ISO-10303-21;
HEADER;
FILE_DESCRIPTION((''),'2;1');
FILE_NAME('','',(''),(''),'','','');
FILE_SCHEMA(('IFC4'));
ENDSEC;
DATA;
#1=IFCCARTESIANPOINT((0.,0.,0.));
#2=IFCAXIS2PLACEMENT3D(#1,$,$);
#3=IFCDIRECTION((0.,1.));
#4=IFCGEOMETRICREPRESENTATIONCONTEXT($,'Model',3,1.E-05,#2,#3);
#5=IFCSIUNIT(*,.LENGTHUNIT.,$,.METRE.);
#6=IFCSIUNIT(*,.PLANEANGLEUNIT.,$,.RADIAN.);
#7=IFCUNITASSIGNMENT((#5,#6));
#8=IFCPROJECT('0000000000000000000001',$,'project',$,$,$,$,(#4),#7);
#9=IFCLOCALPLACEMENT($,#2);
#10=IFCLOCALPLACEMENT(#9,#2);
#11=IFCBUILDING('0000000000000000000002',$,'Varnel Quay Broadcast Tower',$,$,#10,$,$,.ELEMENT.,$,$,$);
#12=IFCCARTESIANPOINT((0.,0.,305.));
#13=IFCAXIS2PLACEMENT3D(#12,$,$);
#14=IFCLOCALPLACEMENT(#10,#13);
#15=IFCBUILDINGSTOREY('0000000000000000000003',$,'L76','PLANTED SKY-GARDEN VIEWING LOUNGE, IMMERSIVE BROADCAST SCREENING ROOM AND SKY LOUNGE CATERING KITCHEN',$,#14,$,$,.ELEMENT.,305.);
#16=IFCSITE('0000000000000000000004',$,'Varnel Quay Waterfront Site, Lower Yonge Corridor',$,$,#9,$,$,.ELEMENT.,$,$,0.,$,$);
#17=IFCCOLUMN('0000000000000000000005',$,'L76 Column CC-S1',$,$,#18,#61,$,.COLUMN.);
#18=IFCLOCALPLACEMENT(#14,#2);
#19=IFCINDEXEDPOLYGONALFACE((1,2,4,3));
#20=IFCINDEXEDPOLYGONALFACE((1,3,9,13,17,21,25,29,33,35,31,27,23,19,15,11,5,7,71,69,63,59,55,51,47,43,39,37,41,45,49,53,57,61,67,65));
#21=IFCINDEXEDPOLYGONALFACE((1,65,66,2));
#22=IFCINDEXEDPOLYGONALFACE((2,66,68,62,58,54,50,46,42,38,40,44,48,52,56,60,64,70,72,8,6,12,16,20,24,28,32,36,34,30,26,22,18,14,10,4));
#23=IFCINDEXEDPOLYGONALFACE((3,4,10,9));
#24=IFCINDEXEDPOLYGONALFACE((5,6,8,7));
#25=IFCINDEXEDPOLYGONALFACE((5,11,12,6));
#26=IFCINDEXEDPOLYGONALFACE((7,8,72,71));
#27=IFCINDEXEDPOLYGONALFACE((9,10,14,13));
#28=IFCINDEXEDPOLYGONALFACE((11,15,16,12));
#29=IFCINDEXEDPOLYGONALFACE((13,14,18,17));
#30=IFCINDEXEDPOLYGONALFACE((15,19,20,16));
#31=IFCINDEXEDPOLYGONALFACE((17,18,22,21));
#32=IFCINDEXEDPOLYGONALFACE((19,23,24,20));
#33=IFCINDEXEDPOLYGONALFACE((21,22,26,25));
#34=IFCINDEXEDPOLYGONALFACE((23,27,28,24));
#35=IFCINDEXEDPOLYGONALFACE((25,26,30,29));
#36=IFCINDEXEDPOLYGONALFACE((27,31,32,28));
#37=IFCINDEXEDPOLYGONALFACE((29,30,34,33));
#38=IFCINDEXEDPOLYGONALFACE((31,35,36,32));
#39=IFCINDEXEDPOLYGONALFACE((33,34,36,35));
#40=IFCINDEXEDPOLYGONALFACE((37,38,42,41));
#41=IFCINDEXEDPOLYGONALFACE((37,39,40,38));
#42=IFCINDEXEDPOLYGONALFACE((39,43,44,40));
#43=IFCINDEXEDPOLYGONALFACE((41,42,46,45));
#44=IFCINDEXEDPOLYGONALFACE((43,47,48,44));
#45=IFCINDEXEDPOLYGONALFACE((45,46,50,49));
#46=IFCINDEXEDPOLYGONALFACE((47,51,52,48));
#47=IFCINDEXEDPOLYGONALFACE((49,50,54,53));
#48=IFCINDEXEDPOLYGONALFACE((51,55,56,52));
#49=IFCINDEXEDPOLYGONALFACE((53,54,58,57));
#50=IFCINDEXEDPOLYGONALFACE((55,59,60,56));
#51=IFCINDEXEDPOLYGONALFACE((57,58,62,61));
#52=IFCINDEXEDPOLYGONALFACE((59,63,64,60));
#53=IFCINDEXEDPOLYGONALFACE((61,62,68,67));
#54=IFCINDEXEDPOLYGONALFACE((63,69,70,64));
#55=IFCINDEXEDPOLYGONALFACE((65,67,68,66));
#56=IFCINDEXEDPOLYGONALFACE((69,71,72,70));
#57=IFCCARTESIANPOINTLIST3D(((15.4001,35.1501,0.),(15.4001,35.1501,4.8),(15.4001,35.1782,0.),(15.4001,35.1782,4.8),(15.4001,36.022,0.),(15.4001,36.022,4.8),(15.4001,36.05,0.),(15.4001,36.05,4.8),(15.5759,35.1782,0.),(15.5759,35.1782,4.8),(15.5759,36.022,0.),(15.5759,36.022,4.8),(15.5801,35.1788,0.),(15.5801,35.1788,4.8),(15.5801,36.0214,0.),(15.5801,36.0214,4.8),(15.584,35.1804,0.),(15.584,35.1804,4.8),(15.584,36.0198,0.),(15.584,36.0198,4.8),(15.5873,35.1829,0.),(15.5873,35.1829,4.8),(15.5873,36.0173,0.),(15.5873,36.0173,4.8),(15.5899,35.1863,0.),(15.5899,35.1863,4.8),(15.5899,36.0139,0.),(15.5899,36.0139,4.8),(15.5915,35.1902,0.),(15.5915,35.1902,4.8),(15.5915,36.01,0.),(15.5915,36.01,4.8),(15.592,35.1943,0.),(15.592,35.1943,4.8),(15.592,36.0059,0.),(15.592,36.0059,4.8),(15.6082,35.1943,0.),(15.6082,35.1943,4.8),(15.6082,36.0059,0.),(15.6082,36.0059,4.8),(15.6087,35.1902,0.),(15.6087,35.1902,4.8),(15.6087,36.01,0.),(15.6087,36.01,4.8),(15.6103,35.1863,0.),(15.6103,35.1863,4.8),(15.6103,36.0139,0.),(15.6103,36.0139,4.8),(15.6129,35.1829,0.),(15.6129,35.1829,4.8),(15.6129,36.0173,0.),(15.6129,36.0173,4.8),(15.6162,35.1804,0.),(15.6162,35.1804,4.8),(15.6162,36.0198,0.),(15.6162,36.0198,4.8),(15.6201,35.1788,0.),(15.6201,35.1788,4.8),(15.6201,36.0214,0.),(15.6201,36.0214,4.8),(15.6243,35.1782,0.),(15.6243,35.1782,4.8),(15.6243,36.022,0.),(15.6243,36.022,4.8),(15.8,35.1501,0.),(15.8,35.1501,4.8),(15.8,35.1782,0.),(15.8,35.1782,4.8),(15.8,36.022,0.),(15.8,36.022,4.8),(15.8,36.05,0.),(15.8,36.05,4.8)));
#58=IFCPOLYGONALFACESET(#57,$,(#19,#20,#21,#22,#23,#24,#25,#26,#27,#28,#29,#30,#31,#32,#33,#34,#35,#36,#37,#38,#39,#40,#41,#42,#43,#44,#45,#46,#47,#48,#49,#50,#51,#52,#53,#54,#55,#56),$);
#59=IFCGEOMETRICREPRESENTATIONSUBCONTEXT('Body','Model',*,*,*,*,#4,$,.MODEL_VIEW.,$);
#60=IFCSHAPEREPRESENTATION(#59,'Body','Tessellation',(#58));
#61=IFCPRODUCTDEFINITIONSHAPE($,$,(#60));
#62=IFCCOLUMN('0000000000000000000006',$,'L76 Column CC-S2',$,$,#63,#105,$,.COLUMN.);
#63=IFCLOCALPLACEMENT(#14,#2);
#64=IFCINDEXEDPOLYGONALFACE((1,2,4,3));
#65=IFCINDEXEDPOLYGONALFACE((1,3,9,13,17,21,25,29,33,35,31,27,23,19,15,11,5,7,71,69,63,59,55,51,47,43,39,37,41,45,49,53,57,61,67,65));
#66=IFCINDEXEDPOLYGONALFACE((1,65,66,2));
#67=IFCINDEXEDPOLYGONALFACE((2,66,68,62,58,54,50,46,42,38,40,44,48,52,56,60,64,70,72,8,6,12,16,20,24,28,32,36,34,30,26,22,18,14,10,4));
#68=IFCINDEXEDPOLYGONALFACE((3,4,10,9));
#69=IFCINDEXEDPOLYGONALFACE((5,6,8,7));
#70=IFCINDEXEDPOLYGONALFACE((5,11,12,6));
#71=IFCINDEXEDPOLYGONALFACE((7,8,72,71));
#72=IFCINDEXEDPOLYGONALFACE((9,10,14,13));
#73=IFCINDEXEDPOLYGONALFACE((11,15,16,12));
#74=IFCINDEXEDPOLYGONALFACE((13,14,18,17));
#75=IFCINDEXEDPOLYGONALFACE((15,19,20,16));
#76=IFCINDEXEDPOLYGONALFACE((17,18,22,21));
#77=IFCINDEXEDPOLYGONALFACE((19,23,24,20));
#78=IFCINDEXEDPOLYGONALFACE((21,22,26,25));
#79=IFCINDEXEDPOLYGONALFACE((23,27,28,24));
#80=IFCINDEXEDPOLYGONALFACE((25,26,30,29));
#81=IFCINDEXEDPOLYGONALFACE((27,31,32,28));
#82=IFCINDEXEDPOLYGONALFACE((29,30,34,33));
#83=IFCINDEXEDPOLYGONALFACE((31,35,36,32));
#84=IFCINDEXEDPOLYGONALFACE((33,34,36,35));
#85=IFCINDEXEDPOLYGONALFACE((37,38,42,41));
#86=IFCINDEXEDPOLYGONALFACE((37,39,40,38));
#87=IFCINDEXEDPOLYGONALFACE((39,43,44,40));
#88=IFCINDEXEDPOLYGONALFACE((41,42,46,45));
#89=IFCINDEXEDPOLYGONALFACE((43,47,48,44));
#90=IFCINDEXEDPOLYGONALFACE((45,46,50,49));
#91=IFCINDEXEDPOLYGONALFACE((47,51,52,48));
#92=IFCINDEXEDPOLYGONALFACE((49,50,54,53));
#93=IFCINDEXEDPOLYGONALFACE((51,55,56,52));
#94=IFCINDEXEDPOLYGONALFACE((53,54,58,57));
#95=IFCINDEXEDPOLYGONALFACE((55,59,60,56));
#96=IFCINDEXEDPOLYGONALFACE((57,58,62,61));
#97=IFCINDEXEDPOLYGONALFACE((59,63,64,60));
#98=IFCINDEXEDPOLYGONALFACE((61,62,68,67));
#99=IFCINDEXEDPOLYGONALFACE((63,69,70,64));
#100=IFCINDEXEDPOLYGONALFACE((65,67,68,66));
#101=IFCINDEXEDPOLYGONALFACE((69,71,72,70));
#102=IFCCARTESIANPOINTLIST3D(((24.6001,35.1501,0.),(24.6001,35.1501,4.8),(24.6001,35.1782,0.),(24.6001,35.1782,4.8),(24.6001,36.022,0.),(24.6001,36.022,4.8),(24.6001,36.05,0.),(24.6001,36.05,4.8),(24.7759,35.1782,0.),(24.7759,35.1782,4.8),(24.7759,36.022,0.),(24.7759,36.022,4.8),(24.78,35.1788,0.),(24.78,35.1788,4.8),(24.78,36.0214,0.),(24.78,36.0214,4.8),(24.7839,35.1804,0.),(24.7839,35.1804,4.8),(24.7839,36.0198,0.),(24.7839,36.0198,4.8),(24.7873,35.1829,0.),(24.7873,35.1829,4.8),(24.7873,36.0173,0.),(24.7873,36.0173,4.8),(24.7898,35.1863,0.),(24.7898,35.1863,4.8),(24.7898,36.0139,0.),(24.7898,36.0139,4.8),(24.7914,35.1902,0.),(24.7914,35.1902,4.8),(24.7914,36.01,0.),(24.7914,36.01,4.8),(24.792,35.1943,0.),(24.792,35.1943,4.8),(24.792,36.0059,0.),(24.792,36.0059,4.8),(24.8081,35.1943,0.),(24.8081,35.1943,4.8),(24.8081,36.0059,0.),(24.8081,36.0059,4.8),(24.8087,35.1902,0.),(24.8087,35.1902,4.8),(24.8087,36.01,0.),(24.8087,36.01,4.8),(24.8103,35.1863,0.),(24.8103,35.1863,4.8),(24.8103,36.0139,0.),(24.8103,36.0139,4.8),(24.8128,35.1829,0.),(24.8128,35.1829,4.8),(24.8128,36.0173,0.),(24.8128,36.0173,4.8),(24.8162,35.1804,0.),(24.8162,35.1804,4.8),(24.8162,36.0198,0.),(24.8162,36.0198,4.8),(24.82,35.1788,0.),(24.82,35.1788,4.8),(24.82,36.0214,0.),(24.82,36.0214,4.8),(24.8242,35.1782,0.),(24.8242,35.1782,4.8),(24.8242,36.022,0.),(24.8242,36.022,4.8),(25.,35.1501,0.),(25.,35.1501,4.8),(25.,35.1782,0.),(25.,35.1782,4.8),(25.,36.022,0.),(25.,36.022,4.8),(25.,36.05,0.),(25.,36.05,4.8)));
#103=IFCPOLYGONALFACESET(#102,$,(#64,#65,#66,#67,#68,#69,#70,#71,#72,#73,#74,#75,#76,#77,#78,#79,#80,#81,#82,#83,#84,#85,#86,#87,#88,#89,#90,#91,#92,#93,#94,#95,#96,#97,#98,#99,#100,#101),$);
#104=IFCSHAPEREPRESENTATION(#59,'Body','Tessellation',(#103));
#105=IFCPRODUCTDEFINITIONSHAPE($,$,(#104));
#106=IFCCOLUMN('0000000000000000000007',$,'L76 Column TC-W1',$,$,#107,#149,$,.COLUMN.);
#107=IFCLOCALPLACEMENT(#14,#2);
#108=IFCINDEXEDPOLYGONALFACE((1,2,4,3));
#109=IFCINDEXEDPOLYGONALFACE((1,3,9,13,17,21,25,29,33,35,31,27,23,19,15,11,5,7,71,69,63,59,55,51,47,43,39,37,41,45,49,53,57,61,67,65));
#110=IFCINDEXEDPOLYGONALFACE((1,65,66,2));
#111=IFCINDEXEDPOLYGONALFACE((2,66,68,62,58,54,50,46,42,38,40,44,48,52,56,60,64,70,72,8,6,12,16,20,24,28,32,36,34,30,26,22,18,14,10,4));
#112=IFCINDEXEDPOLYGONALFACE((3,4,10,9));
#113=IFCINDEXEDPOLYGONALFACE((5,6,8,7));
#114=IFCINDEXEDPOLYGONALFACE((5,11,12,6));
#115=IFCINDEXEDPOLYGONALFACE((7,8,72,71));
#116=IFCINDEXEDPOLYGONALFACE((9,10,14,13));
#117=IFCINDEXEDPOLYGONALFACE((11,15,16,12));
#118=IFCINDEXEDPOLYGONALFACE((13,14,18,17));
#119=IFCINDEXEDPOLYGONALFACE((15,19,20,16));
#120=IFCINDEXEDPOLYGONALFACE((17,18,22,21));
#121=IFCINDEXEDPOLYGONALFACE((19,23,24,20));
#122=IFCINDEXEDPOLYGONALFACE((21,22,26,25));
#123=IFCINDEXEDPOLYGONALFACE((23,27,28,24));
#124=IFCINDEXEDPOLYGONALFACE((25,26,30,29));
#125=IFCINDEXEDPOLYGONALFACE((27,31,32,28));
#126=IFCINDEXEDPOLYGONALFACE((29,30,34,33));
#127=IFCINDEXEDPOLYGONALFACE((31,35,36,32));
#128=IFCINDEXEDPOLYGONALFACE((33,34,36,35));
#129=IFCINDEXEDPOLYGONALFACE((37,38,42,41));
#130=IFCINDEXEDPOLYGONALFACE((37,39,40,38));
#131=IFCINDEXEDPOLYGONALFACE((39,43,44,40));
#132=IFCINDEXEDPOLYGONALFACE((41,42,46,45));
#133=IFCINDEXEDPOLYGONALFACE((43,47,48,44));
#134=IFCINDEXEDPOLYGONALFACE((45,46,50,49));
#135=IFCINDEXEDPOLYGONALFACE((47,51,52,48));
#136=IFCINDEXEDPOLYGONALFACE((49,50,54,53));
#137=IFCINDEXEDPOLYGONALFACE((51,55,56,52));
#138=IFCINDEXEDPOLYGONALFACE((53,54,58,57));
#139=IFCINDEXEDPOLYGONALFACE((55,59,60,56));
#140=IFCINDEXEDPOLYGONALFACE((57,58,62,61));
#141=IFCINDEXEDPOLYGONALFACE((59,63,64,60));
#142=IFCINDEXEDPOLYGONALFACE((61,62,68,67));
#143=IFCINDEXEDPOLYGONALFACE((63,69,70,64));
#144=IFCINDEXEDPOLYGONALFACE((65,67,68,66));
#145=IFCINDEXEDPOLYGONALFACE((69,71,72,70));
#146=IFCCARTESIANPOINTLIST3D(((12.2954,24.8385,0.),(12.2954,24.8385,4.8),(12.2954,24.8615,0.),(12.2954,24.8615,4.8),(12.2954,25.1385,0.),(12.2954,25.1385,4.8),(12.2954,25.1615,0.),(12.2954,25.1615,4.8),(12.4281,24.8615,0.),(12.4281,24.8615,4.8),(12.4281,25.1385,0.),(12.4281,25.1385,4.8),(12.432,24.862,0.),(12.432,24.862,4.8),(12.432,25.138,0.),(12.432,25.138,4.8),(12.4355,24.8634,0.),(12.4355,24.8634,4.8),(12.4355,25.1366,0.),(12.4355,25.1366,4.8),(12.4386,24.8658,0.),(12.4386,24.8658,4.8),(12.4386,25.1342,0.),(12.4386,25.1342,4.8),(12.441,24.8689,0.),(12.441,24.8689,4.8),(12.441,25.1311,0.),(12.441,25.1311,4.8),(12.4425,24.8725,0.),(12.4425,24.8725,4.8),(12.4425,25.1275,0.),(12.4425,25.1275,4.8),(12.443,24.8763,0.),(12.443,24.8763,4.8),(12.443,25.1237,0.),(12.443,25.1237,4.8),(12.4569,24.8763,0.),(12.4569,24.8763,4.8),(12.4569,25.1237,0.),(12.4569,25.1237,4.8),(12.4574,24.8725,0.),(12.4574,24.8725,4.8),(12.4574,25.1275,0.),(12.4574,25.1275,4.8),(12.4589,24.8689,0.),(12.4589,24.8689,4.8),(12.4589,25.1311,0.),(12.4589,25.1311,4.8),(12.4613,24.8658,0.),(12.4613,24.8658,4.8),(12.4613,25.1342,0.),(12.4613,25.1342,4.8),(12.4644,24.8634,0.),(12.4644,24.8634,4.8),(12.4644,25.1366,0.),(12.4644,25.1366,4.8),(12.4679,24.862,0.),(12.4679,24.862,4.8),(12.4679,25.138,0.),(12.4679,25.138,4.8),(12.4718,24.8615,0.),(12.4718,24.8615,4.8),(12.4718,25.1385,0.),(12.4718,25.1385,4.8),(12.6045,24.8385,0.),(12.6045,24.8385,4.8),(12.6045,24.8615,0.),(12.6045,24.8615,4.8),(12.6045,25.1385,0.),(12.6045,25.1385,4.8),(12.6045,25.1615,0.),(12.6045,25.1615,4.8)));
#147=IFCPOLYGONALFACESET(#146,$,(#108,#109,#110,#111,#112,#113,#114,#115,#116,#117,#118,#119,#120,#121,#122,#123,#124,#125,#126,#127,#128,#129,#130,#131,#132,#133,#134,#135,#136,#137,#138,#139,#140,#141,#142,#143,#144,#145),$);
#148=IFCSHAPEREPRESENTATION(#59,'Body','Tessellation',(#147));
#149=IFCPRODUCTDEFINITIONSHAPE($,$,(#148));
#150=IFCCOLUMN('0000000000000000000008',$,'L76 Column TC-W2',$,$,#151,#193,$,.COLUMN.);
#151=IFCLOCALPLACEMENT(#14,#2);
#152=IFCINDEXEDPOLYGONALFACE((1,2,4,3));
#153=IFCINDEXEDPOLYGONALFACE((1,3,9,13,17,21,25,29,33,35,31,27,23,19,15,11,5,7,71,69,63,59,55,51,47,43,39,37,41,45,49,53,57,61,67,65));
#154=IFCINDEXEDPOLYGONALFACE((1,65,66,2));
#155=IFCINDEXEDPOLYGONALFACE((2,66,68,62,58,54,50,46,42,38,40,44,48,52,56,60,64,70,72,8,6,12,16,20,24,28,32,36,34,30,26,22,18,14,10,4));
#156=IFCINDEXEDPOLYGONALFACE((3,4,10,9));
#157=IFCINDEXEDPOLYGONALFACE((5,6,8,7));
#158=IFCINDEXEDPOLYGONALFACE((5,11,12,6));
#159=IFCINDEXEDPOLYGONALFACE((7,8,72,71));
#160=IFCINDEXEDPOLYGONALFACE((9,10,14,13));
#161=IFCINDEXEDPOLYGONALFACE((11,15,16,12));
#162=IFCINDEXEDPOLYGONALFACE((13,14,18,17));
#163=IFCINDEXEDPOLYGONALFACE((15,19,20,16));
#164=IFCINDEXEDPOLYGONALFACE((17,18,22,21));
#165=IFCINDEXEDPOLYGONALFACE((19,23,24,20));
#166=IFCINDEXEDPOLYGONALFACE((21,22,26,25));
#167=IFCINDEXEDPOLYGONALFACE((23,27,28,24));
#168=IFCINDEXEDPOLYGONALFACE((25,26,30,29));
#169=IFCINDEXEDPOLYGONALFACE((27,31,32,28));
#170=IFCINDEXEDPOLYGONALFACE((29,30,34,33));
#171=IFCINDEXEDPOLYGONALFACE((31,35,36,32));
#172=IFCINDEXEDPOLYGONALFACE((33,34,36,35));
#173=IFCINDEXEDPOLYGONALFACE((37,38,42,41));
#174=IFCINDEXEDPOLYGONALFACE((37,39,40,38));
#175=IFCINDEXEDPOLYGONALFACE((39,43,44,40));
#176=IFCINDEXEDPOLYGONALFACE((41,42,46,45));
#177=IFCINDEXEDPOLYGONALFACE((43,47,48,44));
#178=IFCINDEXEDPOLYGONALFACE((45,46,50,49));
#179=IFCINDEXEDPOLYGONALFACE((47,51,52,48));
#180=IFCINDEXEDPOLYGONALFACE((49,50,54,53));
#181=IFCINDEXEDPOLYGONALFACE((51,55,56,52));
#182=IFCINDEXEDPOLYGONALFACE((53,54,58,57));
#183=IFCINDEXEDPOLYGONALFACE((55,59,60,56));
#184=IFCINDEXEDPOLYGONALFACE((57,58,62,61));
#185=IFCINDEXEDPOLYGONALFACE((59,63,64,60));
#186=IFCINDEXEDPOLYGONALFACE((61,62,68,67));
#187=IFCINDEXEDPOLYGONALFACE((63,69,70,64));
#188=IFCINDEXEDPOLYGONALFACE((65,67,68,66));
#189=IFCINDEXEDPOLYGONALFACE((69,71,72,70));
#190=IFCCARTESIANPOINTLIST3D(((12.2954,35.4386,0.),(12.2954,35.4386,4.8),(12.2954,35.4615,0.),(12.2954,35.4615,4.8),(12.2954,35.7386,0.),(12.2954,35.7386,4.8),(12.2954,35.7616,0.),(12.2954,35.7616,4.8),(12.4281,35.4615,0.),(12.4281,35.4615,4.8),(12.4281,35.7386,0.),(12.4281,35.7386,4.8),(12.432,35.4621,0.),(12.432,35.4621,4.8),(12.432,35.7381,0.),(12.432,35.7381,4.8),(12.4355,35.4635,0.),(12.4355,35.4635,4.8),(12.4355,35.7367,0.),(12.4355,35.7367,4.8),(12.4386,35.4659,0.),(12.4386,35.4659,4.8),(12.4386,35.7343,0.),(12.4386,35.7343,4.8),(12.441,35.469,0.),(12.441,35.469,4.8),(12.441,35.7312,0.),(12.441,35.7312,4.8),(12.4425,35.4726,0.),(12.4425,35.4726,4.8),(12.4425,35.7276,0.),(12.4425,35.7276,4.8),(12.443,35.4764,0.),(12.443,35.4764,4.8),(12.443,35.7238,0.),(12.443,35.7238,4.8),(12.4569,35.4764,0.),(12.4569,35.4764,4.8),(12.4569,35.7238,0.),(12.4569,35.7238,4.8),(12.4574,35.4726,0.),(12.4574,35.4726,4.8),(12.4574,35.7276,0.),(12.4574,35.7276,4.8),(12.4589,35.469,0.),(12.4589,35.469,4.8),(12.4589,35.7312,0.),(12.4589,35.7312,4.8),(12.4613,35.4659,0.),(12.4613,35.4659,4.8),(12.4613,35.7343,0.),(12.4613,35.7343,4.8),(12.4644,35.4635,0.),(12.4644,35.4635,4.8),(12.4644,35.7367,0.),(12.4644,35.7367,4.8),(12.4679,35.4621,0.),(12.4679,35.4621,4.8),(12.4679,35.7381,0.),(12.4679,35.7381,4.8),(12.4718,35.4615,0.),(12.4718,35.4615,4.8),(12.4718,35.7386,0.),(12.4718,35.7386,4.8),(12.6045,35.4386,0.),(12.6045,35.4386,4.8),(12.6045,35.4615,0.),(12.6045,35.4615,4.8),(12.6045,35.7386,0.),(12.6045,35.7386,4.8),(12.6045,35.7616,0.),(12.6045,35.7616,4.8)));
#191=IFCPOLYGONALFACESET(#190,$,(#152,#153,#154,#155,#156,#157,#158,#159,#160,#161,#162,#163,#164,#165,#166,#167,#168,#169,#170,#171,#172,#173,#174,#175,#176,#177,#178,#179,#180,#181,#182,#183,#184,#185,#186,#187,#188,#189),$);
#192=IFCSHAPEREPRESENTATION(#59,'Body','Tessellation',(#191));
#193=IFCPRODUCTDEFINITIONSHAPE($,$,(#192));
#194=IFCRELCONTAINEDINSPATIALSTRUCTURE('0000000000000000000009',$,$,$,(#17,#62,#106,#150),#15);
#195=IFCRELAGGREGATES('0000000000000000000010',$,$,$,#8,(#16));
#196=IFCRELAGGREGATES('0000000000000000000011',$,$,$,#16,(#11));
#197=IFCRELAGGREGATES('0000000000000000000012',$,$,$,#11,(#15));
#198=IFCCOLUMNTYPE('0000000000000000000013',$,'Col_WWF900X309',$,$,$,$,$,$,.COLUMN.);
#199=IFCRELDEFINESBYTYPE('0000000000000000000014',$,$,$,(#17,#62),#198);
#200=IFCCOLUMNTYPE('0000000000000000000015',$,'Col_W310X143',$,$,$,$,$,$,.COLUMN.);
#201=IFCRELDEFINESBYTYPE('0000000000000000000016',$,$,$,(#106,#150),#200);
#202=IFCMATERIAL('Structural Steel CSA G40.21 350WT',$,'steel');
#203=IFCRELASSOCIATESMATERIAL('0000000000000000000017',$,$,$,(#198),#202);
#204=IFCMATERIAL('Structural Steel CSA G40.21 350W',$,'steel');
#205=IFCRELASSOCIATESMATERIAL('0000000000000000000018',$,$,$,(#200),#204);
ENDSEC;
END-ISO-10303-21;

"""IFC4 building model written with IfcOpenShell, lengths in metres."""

from ifc_helpers import new_model, si_unit, direction, frame, origin, origin_2d, place, context, subcontext, project, spatial, i_section, extrude, source, transform, mapped, material, material_profile, profile_set, type_object, type_shapes, element, save


model = new_model("IFC4")

# Units and contexts
model_context = context("Model", 3, precision=1e-05, world=origin(), true_north=direction((0.0, 1.0)))
body_context = subcontext(model_context, "Body", "Model", "MODEL_VIEW")
ifc_project = project(units=[si_unit("LENGTHUNIT", "METRE"), si_unit("PLANEANGLEUNIT", "RADIAN")], contexts=[model_context])

# Site, building, storey
site_placement = place(None, origin())
site = spatial("IfcSite", under=ifc_project, at=site_placement, Name="Varnel Quay Waterfront Site, Lower Yonge Corridor", CompositionType="ELEMENT", RefElevation=0.0)
building_placement = place(site_placement, origin())
building = spatial("IfcBuilding", under=site, at=building_placement, Name="Varnel Quay Broadcast Tower", CompositionType="ELEMENT")
storey_placement = place(building_placement, frame((0.0, 0.0, 305.0)))
storey = spatial("IfcBuildingStorey", under=building, at=storey_placement, Name="L76", Description="PLANTED SKY-GARDEN VIEWING LOUNGE, IMMERSIVE BROADCAST SCREENING ROOM AND SKY LOUNGE CATERING KITCHEN", CompositionType="ELEMENT", Elevation=305.0)

# Columns
ifc_material_1 = material(Name="Structural Steel CSA G40.21 350WT", Category="steel")
ifc_material_profile_1 = material_profile(ifc_material_1, i_section(OverallWidth=0.3999, OverallDepth=0.8999, WebThickness=0.0161, FlangeThickness=0.0281, FilletRadius=0.0161, at=origin_2d()), Name="WWF900X309")
ifc_profile_set_1 = profile_set([ifc_material_profile_1], Name="Structural Steel CSA G40.21 350WT")
column_type_1 = type_object("IfcColumnType", Name="Col_WWF900X309", PredefinedType="COLUMN", material=ifc_profile_set_1)
shared_shape_1 = source(origin(), body_context, "Body", "SweptSolid", [
    extrude(i_section(OverallWidth=0.3999, OverallDepth=0.8999, WebThickness=0.0161, FlangeThickness=0.0281, FilletRadius=0.0161, at=origin_2d()), origin(), (0.0, 0.0, 1.0), 4.8),
])
type_shapes(column_type_1, [shared_shape_1])
for number, where, z_axis, x_axis, name in (
    (1, (15.6001, 35.6001, 0.0), (0.0, 0.0, 1.0), (1.0, 0.0, 0.0), "L76 Column CC-S1"),
    (2, (24.8, 35.6001, 0.0), (0.0, 0.0, 1.0), (1.0, 0.0, 0.0), "L76 Column CC-S2"),
):
    element("IfcColumn", number, at=place(storey_placement, frame(where, z_axis=z_axis, x_axis=x_axis)), inside=storey, type_object=column_type_1, Name=name, PredefinedType="COLUMN", context=body_context, shape_type="MappedRepresentation", body=[
        mapped(shared_shape_1, transform((0.0, 0.0, 0.0), x_axis=(1.0, 0.0, 0.0), y_axis=(0.0, 1.0, 0.0), z_axis=(0.0, 0.0, 1.0), scale=1.0)),
    ])
ifc_material_2 = material(Name="Structural Steel CSA G40.21 350W", Category="steel")
ifc_material_profile_2 = material_profile(ifc_material_2, i_section(OverallWidth=0.3091, OverallDepth=0.323, WebThickness=0.0139, FlangeThickness=0.0229, FilletRadius=0.0149, at=origin_2d()), Name="W310X143")
ifc_profile_set_2 = profile_set([ifc_material_profile_2], Name="Structural Steel CSA G40.21 350W")
column_type_2 = type_object("IfcColumnType", Name="Col_W310X143", PredefinedType="COLUMN", material=ifc_profile_set_2)
shared_shape_2 = source(origin(), body_context, "Body", "SweptSolid", [
    extrude(i_section(OverallWidth=0.3091, OverallDepth=0.323, WebThickness=0.0139, FlangeThickness=0.0229, FilletRadius=0.0149, at=origin_2d()), origin(), (0.0, 0.0, 1.0), 4.8),
])
type_shapes(column_type_2, [shared_shape_2])
for number, where, z_axis, x_axis, name in (
    (3, (12.45, 25.0, 0.0), (0.0, 0.0, 1.0), (1.0, 0.0, 0.0), "L76 Column TC-W1"),
    (4, (12.45, 35.6001, 0.0), (0.0, 0.0, 1.0), (1.0, 0.0, 0.0), "L76 Column TC-W2"),
):
    element("IfcColumn", number, at=place(storey_placement, frame(where, z_axis=z_axis, x_axis=x_axis)), inside=storey, type_object=column_type_2, Name=name, PredefinedType="COLUMN", context=body_context, shape_type="MappedRepresentation", body=[
        mapped(shared_shape_2, transform((0.0, 0.0, 0.0), x_axis=(1.0, 0.0, 0.0), y_axis=(0.0, 1.0, 0.0), z_axis=(0.0, 0.0, 1.0), scale=1.0)),
    ])

save(model, "model.ifc")
